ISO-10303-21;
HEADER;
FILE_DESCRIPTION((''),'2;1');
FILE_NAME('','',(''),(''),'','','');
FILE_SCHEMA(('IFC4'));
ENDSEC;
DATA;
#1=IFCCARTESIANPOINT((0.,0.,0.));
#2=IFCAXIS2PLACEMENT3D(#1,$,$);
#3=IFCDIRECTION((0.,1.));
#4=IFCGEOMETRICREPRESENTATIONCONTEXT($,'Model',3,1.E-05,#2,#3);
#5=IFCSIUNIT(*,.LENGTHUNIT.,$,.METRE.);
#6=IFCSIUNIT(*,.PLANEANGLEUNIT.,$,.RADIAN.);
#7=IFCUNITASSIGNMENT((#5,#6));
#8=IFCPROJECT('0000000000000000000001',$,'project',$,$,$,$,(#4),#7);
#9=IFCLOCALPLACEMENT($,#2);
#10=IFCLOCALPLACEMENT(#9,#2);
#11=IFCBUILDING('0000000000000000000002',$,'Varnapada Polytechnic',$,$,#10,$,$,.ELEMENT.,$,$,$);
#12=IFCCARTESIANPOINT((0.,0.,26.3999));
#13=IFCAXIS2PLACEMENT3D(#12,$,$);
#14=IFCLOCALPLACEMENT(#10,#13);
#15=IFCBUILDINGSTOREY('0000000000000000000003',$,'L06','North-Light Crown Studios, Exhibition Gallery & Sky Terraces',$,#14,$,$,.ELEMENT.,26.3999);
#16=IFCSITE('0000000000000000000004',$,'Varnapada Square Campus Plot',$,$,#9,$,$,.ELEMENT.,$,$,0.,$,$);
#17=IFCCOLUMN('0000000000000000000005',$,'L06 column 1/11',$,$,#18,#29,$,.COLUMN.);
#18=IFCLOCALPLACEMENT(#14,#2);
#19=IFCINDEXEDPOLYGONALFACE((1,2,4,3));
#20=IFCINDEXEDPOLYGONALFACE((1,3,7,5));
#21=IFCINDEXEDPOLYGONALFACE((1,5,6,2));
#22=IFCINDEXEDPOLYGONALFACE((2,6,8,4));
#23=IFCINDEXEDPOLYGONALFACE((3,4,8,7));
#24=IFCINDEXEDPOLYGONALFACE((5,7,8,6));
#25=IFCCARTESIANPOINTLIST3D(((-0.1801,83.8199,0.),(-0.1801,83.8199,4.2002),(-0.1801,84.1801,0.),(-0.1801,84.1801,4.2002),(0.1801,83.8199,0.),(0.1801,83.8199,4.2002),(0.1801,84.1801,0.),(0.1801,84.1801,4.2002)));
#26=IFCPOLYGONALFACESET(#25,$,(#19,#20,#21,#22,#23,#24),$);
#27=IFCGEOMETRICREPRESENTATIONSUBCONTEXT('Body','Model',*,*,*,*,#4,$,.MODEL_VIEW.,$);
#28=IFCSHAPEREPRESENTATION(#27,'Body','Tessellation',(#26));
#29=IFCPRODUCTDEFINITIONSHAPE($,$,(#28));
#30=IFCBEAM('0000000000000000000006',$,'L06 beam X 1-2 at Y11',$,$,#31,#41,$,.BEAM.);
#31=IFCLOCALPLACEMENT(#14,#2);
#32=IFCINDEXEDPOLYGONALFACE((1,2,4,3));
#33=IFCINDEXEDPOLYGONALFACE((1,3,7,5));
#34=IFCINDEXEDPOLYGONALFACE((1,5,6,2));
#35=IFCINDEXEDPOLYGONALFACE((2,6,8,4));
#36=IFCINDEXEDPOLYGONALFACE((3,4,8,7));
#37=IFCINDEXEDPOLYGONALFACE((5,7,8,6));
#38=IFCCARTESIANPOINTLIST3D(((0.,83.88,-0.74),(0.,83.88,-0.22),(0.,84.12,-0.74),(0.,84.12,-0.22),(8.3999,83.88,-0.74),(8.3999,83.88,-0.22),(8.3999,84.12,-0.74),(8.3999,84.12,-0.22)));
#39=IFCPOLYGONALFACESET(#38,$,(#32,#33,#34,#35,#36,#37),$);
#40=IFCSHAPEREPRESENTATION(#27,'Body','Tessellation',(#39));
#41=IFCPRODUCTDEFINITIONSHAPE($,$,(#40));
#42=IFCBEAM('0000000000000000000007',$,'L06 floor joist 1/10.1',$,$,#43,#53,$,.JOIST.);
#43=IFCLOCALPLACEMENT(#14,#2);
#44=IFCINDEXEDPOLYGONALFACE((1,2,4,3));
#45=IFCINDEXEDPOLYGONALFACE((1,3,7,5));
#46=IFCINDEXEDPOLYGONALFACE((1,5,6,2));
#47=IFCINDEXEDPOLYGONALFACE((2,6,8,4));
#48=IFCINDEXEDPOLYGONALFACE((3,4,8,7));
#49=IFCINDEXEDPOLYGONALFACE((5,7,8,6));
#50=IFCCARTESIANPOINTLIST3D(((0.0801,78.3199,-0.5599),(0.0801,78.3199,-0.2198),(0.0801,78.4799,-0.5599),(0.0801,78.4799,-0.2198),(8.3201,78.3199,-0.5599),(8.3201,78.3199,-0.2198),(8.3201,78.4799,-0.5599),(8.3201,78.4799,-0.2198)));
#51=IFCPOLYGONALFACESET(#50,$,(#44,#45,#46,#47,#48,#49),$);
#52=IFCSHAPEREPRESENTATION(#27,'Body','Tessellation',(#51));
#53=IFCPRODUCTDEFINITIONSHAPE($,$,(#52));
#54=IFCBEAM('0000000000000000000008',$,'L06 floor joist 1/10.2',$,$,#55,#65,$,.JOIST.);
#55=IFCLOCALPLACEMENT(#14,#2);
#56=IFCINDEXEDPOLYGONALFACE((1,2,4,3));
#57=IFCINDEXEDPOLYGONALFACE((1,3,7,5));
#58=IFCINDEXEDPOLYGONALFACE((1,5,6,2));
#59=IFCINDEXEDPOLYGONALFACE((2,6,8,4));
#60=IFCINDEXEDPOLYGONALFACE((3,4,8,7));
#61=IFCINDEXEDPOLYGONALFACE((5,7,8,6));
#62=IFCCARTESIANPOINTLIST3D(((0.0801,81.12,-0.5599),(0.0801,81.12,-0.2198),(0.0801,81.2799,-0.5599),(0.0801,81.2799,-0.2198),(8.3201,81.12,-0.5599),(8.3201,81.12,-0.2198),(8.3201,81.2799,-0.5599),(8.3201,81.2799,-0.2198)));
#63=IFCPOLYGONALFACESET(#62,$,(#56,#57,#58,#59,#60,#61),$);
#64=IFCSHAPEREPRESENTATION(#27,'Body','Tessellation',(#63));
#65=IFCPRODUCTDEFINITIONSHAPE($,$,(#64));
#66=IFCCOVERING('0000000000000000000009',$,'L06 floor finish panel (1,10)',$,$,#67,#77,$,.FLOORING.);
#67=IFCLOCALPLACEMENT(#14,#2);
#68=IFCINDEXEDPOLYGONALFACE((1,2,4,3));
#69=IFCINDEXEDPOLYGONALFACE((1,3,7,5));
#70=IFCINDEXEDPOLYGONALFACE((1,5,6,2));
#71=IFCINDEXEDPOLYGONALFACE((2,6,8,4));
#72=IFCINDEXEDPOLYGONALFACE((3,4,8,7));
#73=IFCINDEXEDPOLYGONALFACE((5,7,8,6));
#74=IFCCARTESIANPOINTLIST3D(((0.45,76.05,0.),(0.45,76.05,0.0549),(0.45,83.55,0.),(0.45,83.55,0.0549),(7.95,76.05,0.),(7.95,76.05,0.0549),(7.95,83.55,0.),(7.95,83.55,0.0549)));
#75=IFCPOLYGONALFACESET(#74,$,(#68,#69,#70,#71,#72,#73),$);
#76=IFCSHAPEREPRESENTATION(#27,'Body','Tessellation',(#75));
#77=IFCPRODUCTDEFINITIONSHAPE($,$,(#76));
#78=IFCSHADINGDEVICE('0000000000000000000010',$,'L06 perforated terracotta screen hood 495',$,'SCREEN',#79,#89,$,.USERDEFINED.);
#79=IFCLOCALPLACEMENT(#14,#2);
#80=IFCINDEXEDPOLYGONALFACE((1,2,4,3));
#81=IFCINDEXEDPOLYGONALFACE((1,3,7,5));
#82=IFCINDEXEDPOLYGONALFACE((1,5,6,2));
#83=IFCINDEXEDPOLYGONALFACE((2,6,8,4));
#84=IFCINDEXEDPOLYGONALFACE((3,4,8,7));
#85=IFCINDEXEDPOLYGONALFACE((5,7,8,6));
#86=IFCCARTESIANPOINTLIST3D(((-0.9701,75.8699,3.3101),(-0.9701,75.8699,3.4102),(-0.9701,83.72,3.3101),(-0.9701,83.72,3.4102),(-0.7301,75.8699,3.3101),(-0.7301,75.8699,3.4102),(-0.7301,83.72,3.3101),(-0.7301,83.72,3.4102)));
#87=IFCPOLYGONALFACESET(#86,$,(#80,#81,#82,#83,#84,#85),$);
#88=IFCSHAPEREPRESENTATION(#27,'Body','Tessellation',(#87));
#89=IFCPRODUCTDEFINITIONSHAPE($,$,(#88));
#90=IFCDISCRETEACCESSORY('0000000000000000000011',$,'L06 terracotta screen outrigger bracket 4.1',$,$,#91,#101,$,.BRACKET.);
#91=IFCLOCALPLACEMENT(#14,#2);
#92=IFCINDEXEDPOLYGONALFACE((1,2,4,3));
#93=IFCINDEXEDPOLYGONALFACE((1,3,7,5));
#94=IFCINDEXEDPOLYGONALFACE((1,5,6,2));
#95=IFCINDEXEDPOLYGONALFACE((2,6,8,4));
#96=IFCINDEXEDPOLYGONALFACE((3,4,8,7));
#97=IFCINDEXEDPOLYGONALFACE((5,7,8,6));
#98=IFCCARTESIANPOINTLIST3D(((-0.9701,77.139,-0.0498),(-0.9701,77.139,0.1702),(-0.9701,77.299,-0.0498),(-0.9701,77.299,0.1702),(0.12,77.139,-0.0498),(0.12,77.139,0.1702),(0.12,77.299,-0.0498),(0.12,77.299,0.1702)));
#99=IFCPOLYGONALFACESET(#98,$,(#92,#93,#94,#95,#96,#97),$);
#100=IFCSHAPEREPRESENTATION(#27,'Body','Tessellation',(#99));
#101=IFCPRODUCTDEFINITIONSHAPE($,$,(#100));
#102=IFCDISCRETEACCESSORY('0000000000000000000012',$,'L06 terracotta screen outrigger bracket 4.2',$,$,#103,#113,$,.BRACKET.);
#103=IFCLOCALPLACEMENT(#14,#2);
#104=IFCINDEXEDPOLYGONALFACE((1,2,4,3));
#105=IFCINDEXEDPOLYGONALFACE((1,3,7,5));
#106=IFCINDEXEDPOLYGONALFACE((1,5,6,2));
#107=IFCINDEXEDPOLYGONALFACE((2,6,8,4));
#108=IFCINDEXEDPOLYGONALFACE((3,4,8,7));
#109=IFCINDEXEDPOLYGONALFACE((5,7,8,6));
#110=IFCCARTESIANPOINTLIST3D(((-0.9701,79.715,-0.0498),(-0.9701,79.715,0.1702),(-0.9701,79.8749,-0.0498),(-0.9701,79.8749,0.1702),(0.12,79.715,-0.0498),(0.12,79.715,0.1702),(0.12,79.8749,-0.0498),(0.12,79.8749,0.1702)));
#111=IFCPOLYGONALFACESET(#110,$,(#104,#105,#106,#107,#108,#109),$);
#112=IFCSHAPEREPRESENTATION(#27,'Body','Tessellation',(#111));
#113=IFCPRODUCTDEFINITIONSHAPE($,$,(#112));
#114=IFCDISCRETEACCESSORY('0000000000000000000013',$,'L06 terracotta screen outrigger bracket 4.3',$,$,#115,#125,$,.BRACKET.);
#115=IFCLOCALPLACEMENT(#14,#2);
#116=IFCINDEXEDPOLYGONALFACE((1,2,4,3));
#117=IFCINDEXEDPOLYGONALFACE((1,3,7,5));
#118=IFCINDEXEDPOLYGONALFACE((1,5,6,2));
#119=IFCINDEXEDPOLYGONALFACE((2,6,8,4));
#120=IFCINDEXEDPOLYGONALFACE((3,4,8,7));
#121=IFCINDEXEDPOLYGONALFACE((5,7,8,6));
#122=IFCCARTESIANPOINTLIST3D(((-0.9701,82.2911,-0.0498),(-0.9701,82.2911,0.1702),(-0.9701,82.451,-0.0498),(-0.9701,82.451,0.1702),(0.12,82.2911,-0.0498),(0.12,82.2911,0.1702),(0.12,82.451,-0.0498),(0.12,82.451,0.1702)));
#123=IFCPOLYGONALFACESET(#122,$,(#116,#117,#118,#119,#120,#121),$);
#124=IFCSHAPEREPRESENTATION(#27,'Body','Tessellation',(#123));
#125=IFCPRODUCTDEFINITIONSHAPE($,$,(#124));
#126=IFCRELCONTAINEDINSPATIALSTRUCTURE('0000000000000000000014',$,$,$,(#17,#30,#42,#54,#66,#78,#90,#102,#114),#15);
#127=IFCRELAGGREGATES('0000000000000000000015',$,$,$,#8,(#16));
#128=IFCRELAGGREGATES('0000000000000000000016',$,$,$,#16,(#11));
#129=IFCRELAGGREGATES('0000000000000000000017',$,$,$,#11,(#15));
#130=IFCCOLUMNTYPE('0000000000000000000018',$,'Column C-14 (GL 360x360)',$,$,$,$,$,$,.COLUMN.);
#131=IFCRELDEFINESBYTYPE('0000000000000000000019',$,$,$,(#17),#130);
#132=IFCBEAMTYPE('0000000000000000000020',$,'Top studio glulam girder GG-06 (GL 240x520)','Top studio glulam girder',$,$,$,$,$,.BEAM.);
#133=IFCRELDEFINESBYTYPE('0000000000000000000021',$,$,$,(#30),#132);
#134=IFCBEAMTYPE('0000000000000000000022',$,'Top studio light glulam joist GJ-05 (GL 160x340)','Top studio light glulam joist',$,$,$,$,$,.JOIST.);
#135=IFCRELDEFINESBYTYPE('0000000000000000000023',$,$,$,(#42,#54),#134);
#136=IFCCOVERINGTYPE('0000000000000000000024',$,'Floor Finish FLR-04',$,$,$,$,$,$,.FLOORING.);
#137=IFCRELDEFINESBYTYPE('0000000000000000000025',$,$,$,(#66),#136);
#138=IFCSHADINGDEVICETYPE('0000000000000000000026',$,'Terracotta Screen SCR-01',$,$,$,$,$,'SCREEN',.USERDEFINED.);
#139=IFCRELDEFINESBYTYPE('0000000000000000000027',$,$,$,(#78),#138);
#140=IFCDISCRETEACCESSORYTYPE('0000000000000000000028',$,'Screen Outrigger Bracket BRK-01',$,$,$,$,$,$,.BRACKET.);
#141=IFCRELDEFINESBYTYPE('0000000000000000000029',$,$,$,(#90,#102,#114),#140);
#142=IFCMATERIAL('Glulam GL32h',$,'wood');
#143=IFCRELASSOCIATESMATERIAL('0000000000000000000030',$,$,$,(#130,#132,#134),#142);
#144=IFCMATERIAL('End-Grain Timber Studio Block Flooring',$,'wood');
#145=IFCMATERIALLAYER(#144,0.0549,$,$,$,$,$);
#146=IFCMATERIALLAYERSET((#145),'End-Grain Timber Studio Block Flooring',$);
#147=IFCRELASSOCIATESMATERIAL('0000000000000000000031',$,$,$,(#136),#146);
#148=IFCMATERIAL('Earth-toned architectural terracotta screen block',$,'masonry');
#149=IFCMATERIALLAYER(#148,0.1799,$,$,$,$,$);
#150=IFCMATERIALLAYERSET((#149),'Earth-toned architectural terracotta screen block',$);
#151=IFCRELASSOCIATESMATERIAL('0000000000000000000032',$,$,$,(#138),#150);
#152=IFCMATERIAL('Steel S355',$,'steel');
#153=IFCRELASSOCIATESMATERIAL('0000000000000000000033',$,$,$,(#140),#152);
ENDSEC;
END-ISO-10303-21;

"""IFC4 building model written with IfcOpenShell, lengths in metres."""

from ifc_helpers import new_model, si_unit, direction, frame, origin, origin_2d, place, context, subcontext, project, spatial, rectangle, extrude, material, layer, layer_set, material_profile, profile_set, type_object, element, save


model = new_model("IFC4")

# Units and contexts
model_context = context("Model", 3, precision=1e-05, world=origin(), true_north=direction((0.0, 1.0)))
body_context = subcontext(model_context, "Body", "Model", "MODEL_VIEW")
ifc_project = project(units=[si_unit("LENGTHUNIT", "METRE"), si_unit("PLANEANGLEUNIT", "RADIAN")], contexts=[model_context])

# Site, building, storey
site_placement = place(None, origin())
site = spatial("IfcSite", under=ifc_project, at=site_placement, Name="Varnapada Square Campus Plot", CompositionType="ELEMENT", RefElevation=0.0)
building_placement = place(site_placement, origin())
building = spatial("IfcBuilding", under=site, at=building_placement, Name="Varnapada Polytechnic", CompositionType="ELEMENT")
storey_placement = place(building_placement, frame((0.0, 0.0, 26.3999)))
storey = spatial("IfcBuildingStorey", under=building, at=storey_placement, Name="L06", Description="North-Light Crown Studios, Exhibition Gallery & Sky Terraces", CompositionType="ELEMENT", Elevation=26.3999)

# Column
ifc_material_1 = material(Name="Glulam GL32h", Category="wood")
ifc_material_profile_1 = material_profile(ifc_material_1, rectangle(XDim=0.3601, YDim=0.3601, at=origin_2d()), Name="GL 360x360")
ifc_profile_set_1 = profile_set([ifc_material_profile_1], Name="Glulam GL32h")
column_type = type_object("IfcColumnType", Name="Column C-14 (GL 360x360)", PredefinedType="COLUMN", material=ifc_profile_set_1)
column_placement = place(storey_placement, frame((0.0, 84.0, 0.0), z_axis=(0.0, 0.0, 1.0), x_axis=(1.0, 0.0, 0.0)))
element("IfcColumn", 1, at=column_placement, inside=storey, type_object=column_type, Name="L06 column 1/11", PredefinedType="COLUMN", context=body_context, shape_type="SweptSolid", body=[
    extrude(rectangle(XDim=0.3601, YDim=0.3601, at=origin_2d()), origin(), (0.0, 0.0, 1.0), 4.2002),
])

# Beams
ifc_material_profile_2 = material_profile(ifc_material_1, rectangle(XDim=0.24, YDim=0.52, at=origin_2d()), Name="GL 240x520")
ifc_profile_set_2 = profile_set([ifc_material_profile_2], Name="Glulam GL32h")
beam_type_1 = type_object("IfcBeamType", Name="Top studio glulam girder GG-06 (GL 240x520)", Description="Top studio glulam girder", PredefinedType="BEAM", material=ifc_profile_set_2)
beam_placement = place(storey_placement, frame((0.0, 84.0, -0.48), z_axis=(1.0, 0.0, 0.0), x_axis=(0.0, 1.0, 0.0)))
element("IfcBeam", 2, at=beam_placement, inside=storey, type_object=beam_type_1, Name="L06 beam X 1-2 at Y11", PredefinedType="BEAM", context=body_context, shape_type="SweptSolid", body=[
    extrude(rectangle(XDim=0.24, YDim=0.52, at=origin_2d()), origin(), (0.0, 0.0, 1.0), 8.3999),
])
ifc_material_profile_3 = material_profile(ifc_material_1, rectangle(XDim=0.1599, YDim=0.3401, at=origin_2d()), Name="GL 160x340")
ifc_profile_set_3 = profile_set([ifc_material_profile_3], Name="Glulam GL32h")
beam_type_2 = type_object("IfcBeamType", Name="Top studio light glulam joist GJ-05 (GL 160x340)", Description="Top studio light glulam joist", PredefinedType="JOIST", material=ifc_profile_set_3)
for number, where, z_axis, x_axis, name in (
    (3, (0.0801, 78.3999, -0.3899), (1.0, 0.0, 0.0), (0.0, 1.0, 0.0), "L06 floor joist 1/10.1"),
    (4, (0.0801, 81.2, -0.3899), (1.0, 0.0, 0.0), (0.0, 1.0, 0.0), "L06 floor joist 1/10.2"),
):
    element("IfcBeam", number, at=place(storey_placement, frame(where, z_axis=z_axis, x_axis=x_axis)), inside=storey, type_object=beam_type_2, Name=name, PredefinedType="JOIST", context=body_context, shape_type="SweptSolid", body=[
        extrude(rectangle(XDim=0.1599, YDim=0.3401, at=origin_2d()), origin(), (0.0, 0.0, 1.0), 8.24),
    ])

# Covering
ifc_material_2 = material(Name="End-Grain Timber Studio Block Flooring", Category="wood")
ifc_layer_1 = layer(ifc_material_2, 0.0549)
ifc_layer_set_1 = layer_set([ifc_layer_1], Name="End-Grain Timber Studio Block Flooring")
covering_type = type_object("IfcCoveringType", Name="Floor Finish FLR-04", PredefinedType="FLOORING", material=ifc_layer_set_1)
covering_placement = place(storey_placement, frame((4.2, 79.8, 0.0), z_axis=(0.0, 0.0, 1.0), x_axis=(1.0, 0.0, 0.0)))
element("IfcCovering", 5, at=covering_placement, inside=storey, type_object=covering_type, Name="L06 floor finish panel (1,10)", PredefinedType="FLOORING", context=body_context, shape_type="SweptSolid", body=[
    extrude(rectangle(XDim=7.5, YDim=7.5, at=origin_2d()), origin(), (0.0, 0.0, 1.0), 0.0549),
])

# Shading device
ifc_material_3 = material(Name="Earth-toned architectural terracotta screen block", Category="masonry")
ifc_layer_2 = layer(ifc_material_3, 0.1799)
ifc_layer_set_2 = layer_set([ifc_layer_2], Name="Earth-toned architectural terracotta screen block")
shading_device_type = type_object("IfcShadingDeviceType", Name="Terracotta Screen SCR-01", ElementType="SCREEN", PredefinedType="USERDEFINED", material=ifc_layer_set_2)
shading_device_placement = place(storey_placement, frame((-0.8501, 79.7949, 3.3101), z_axis=(0.0, 0.0, 1.0), x_axis=(0.0, 1.0, 0.0)))
element("IfcShadingDevice", 6, at=shading_device_placement, inside=storey, type_object=shading_device_type, Name="L06 perforated terracotta screen hood 495", ObjectType="SCREEN", PredefinedType="USERDEFINED", context=body_context, shape_type="SweptSolid", body=[
    extrude(rectangle(XDim=7.8501, YDim=0.24, at=origin_2d()), origin(), (0.0, 0.0, 1.0), 0.1001),
])

# Discrete accessories
ifc_material_4 = material(Name="Steel S355", Category="steel")
discrete_accessory_type = type_object("IfcDiscreteAccessoryType", Name="Screen Outrigger Bracket BRK-01", PredefinedType="BRACKET", material=ifc_material_4)
for number, where, z_axis, x_axis, name in (
    (7, (-0.425, 77.219, -0.0498), (0.0, 0.0, 1.0), (0.0, 1.0, 0.0), "L06 terracotta screen outrigger bracket 4.1"),
    (8, (-0.425, 79.7949, -0.0498), (0.0, 0.0, 1.0), (0.0, 1.0, 0.0), "L06 terracotta screen outrigger bracket 4.2"),
    (9, (-0.425, 82.3711, -0.0498), (0.0, 0.0, 1.0), (0.0, 1.0, 0.0), "L06 terracotta screen outrigger bracket 4.3"),
):
    element("IfcDiscreteAccessory", number, at=place(storey_placement, frame(where, z_axis=z_axis, x_axis=x_axis)), inside=storey, type_object=discrete_accessory_type, Name=name, PredefinedType="BRACKET", context=body_context, shape_type="SweptSolid", body=[
        extrude(rectangle(XDim=0.1599, YDim=1.0901, at=origin_2d()), origin(), (0.0, 0.0, 1.0), 0.22),
    ])

save(model, "model.ifc")
